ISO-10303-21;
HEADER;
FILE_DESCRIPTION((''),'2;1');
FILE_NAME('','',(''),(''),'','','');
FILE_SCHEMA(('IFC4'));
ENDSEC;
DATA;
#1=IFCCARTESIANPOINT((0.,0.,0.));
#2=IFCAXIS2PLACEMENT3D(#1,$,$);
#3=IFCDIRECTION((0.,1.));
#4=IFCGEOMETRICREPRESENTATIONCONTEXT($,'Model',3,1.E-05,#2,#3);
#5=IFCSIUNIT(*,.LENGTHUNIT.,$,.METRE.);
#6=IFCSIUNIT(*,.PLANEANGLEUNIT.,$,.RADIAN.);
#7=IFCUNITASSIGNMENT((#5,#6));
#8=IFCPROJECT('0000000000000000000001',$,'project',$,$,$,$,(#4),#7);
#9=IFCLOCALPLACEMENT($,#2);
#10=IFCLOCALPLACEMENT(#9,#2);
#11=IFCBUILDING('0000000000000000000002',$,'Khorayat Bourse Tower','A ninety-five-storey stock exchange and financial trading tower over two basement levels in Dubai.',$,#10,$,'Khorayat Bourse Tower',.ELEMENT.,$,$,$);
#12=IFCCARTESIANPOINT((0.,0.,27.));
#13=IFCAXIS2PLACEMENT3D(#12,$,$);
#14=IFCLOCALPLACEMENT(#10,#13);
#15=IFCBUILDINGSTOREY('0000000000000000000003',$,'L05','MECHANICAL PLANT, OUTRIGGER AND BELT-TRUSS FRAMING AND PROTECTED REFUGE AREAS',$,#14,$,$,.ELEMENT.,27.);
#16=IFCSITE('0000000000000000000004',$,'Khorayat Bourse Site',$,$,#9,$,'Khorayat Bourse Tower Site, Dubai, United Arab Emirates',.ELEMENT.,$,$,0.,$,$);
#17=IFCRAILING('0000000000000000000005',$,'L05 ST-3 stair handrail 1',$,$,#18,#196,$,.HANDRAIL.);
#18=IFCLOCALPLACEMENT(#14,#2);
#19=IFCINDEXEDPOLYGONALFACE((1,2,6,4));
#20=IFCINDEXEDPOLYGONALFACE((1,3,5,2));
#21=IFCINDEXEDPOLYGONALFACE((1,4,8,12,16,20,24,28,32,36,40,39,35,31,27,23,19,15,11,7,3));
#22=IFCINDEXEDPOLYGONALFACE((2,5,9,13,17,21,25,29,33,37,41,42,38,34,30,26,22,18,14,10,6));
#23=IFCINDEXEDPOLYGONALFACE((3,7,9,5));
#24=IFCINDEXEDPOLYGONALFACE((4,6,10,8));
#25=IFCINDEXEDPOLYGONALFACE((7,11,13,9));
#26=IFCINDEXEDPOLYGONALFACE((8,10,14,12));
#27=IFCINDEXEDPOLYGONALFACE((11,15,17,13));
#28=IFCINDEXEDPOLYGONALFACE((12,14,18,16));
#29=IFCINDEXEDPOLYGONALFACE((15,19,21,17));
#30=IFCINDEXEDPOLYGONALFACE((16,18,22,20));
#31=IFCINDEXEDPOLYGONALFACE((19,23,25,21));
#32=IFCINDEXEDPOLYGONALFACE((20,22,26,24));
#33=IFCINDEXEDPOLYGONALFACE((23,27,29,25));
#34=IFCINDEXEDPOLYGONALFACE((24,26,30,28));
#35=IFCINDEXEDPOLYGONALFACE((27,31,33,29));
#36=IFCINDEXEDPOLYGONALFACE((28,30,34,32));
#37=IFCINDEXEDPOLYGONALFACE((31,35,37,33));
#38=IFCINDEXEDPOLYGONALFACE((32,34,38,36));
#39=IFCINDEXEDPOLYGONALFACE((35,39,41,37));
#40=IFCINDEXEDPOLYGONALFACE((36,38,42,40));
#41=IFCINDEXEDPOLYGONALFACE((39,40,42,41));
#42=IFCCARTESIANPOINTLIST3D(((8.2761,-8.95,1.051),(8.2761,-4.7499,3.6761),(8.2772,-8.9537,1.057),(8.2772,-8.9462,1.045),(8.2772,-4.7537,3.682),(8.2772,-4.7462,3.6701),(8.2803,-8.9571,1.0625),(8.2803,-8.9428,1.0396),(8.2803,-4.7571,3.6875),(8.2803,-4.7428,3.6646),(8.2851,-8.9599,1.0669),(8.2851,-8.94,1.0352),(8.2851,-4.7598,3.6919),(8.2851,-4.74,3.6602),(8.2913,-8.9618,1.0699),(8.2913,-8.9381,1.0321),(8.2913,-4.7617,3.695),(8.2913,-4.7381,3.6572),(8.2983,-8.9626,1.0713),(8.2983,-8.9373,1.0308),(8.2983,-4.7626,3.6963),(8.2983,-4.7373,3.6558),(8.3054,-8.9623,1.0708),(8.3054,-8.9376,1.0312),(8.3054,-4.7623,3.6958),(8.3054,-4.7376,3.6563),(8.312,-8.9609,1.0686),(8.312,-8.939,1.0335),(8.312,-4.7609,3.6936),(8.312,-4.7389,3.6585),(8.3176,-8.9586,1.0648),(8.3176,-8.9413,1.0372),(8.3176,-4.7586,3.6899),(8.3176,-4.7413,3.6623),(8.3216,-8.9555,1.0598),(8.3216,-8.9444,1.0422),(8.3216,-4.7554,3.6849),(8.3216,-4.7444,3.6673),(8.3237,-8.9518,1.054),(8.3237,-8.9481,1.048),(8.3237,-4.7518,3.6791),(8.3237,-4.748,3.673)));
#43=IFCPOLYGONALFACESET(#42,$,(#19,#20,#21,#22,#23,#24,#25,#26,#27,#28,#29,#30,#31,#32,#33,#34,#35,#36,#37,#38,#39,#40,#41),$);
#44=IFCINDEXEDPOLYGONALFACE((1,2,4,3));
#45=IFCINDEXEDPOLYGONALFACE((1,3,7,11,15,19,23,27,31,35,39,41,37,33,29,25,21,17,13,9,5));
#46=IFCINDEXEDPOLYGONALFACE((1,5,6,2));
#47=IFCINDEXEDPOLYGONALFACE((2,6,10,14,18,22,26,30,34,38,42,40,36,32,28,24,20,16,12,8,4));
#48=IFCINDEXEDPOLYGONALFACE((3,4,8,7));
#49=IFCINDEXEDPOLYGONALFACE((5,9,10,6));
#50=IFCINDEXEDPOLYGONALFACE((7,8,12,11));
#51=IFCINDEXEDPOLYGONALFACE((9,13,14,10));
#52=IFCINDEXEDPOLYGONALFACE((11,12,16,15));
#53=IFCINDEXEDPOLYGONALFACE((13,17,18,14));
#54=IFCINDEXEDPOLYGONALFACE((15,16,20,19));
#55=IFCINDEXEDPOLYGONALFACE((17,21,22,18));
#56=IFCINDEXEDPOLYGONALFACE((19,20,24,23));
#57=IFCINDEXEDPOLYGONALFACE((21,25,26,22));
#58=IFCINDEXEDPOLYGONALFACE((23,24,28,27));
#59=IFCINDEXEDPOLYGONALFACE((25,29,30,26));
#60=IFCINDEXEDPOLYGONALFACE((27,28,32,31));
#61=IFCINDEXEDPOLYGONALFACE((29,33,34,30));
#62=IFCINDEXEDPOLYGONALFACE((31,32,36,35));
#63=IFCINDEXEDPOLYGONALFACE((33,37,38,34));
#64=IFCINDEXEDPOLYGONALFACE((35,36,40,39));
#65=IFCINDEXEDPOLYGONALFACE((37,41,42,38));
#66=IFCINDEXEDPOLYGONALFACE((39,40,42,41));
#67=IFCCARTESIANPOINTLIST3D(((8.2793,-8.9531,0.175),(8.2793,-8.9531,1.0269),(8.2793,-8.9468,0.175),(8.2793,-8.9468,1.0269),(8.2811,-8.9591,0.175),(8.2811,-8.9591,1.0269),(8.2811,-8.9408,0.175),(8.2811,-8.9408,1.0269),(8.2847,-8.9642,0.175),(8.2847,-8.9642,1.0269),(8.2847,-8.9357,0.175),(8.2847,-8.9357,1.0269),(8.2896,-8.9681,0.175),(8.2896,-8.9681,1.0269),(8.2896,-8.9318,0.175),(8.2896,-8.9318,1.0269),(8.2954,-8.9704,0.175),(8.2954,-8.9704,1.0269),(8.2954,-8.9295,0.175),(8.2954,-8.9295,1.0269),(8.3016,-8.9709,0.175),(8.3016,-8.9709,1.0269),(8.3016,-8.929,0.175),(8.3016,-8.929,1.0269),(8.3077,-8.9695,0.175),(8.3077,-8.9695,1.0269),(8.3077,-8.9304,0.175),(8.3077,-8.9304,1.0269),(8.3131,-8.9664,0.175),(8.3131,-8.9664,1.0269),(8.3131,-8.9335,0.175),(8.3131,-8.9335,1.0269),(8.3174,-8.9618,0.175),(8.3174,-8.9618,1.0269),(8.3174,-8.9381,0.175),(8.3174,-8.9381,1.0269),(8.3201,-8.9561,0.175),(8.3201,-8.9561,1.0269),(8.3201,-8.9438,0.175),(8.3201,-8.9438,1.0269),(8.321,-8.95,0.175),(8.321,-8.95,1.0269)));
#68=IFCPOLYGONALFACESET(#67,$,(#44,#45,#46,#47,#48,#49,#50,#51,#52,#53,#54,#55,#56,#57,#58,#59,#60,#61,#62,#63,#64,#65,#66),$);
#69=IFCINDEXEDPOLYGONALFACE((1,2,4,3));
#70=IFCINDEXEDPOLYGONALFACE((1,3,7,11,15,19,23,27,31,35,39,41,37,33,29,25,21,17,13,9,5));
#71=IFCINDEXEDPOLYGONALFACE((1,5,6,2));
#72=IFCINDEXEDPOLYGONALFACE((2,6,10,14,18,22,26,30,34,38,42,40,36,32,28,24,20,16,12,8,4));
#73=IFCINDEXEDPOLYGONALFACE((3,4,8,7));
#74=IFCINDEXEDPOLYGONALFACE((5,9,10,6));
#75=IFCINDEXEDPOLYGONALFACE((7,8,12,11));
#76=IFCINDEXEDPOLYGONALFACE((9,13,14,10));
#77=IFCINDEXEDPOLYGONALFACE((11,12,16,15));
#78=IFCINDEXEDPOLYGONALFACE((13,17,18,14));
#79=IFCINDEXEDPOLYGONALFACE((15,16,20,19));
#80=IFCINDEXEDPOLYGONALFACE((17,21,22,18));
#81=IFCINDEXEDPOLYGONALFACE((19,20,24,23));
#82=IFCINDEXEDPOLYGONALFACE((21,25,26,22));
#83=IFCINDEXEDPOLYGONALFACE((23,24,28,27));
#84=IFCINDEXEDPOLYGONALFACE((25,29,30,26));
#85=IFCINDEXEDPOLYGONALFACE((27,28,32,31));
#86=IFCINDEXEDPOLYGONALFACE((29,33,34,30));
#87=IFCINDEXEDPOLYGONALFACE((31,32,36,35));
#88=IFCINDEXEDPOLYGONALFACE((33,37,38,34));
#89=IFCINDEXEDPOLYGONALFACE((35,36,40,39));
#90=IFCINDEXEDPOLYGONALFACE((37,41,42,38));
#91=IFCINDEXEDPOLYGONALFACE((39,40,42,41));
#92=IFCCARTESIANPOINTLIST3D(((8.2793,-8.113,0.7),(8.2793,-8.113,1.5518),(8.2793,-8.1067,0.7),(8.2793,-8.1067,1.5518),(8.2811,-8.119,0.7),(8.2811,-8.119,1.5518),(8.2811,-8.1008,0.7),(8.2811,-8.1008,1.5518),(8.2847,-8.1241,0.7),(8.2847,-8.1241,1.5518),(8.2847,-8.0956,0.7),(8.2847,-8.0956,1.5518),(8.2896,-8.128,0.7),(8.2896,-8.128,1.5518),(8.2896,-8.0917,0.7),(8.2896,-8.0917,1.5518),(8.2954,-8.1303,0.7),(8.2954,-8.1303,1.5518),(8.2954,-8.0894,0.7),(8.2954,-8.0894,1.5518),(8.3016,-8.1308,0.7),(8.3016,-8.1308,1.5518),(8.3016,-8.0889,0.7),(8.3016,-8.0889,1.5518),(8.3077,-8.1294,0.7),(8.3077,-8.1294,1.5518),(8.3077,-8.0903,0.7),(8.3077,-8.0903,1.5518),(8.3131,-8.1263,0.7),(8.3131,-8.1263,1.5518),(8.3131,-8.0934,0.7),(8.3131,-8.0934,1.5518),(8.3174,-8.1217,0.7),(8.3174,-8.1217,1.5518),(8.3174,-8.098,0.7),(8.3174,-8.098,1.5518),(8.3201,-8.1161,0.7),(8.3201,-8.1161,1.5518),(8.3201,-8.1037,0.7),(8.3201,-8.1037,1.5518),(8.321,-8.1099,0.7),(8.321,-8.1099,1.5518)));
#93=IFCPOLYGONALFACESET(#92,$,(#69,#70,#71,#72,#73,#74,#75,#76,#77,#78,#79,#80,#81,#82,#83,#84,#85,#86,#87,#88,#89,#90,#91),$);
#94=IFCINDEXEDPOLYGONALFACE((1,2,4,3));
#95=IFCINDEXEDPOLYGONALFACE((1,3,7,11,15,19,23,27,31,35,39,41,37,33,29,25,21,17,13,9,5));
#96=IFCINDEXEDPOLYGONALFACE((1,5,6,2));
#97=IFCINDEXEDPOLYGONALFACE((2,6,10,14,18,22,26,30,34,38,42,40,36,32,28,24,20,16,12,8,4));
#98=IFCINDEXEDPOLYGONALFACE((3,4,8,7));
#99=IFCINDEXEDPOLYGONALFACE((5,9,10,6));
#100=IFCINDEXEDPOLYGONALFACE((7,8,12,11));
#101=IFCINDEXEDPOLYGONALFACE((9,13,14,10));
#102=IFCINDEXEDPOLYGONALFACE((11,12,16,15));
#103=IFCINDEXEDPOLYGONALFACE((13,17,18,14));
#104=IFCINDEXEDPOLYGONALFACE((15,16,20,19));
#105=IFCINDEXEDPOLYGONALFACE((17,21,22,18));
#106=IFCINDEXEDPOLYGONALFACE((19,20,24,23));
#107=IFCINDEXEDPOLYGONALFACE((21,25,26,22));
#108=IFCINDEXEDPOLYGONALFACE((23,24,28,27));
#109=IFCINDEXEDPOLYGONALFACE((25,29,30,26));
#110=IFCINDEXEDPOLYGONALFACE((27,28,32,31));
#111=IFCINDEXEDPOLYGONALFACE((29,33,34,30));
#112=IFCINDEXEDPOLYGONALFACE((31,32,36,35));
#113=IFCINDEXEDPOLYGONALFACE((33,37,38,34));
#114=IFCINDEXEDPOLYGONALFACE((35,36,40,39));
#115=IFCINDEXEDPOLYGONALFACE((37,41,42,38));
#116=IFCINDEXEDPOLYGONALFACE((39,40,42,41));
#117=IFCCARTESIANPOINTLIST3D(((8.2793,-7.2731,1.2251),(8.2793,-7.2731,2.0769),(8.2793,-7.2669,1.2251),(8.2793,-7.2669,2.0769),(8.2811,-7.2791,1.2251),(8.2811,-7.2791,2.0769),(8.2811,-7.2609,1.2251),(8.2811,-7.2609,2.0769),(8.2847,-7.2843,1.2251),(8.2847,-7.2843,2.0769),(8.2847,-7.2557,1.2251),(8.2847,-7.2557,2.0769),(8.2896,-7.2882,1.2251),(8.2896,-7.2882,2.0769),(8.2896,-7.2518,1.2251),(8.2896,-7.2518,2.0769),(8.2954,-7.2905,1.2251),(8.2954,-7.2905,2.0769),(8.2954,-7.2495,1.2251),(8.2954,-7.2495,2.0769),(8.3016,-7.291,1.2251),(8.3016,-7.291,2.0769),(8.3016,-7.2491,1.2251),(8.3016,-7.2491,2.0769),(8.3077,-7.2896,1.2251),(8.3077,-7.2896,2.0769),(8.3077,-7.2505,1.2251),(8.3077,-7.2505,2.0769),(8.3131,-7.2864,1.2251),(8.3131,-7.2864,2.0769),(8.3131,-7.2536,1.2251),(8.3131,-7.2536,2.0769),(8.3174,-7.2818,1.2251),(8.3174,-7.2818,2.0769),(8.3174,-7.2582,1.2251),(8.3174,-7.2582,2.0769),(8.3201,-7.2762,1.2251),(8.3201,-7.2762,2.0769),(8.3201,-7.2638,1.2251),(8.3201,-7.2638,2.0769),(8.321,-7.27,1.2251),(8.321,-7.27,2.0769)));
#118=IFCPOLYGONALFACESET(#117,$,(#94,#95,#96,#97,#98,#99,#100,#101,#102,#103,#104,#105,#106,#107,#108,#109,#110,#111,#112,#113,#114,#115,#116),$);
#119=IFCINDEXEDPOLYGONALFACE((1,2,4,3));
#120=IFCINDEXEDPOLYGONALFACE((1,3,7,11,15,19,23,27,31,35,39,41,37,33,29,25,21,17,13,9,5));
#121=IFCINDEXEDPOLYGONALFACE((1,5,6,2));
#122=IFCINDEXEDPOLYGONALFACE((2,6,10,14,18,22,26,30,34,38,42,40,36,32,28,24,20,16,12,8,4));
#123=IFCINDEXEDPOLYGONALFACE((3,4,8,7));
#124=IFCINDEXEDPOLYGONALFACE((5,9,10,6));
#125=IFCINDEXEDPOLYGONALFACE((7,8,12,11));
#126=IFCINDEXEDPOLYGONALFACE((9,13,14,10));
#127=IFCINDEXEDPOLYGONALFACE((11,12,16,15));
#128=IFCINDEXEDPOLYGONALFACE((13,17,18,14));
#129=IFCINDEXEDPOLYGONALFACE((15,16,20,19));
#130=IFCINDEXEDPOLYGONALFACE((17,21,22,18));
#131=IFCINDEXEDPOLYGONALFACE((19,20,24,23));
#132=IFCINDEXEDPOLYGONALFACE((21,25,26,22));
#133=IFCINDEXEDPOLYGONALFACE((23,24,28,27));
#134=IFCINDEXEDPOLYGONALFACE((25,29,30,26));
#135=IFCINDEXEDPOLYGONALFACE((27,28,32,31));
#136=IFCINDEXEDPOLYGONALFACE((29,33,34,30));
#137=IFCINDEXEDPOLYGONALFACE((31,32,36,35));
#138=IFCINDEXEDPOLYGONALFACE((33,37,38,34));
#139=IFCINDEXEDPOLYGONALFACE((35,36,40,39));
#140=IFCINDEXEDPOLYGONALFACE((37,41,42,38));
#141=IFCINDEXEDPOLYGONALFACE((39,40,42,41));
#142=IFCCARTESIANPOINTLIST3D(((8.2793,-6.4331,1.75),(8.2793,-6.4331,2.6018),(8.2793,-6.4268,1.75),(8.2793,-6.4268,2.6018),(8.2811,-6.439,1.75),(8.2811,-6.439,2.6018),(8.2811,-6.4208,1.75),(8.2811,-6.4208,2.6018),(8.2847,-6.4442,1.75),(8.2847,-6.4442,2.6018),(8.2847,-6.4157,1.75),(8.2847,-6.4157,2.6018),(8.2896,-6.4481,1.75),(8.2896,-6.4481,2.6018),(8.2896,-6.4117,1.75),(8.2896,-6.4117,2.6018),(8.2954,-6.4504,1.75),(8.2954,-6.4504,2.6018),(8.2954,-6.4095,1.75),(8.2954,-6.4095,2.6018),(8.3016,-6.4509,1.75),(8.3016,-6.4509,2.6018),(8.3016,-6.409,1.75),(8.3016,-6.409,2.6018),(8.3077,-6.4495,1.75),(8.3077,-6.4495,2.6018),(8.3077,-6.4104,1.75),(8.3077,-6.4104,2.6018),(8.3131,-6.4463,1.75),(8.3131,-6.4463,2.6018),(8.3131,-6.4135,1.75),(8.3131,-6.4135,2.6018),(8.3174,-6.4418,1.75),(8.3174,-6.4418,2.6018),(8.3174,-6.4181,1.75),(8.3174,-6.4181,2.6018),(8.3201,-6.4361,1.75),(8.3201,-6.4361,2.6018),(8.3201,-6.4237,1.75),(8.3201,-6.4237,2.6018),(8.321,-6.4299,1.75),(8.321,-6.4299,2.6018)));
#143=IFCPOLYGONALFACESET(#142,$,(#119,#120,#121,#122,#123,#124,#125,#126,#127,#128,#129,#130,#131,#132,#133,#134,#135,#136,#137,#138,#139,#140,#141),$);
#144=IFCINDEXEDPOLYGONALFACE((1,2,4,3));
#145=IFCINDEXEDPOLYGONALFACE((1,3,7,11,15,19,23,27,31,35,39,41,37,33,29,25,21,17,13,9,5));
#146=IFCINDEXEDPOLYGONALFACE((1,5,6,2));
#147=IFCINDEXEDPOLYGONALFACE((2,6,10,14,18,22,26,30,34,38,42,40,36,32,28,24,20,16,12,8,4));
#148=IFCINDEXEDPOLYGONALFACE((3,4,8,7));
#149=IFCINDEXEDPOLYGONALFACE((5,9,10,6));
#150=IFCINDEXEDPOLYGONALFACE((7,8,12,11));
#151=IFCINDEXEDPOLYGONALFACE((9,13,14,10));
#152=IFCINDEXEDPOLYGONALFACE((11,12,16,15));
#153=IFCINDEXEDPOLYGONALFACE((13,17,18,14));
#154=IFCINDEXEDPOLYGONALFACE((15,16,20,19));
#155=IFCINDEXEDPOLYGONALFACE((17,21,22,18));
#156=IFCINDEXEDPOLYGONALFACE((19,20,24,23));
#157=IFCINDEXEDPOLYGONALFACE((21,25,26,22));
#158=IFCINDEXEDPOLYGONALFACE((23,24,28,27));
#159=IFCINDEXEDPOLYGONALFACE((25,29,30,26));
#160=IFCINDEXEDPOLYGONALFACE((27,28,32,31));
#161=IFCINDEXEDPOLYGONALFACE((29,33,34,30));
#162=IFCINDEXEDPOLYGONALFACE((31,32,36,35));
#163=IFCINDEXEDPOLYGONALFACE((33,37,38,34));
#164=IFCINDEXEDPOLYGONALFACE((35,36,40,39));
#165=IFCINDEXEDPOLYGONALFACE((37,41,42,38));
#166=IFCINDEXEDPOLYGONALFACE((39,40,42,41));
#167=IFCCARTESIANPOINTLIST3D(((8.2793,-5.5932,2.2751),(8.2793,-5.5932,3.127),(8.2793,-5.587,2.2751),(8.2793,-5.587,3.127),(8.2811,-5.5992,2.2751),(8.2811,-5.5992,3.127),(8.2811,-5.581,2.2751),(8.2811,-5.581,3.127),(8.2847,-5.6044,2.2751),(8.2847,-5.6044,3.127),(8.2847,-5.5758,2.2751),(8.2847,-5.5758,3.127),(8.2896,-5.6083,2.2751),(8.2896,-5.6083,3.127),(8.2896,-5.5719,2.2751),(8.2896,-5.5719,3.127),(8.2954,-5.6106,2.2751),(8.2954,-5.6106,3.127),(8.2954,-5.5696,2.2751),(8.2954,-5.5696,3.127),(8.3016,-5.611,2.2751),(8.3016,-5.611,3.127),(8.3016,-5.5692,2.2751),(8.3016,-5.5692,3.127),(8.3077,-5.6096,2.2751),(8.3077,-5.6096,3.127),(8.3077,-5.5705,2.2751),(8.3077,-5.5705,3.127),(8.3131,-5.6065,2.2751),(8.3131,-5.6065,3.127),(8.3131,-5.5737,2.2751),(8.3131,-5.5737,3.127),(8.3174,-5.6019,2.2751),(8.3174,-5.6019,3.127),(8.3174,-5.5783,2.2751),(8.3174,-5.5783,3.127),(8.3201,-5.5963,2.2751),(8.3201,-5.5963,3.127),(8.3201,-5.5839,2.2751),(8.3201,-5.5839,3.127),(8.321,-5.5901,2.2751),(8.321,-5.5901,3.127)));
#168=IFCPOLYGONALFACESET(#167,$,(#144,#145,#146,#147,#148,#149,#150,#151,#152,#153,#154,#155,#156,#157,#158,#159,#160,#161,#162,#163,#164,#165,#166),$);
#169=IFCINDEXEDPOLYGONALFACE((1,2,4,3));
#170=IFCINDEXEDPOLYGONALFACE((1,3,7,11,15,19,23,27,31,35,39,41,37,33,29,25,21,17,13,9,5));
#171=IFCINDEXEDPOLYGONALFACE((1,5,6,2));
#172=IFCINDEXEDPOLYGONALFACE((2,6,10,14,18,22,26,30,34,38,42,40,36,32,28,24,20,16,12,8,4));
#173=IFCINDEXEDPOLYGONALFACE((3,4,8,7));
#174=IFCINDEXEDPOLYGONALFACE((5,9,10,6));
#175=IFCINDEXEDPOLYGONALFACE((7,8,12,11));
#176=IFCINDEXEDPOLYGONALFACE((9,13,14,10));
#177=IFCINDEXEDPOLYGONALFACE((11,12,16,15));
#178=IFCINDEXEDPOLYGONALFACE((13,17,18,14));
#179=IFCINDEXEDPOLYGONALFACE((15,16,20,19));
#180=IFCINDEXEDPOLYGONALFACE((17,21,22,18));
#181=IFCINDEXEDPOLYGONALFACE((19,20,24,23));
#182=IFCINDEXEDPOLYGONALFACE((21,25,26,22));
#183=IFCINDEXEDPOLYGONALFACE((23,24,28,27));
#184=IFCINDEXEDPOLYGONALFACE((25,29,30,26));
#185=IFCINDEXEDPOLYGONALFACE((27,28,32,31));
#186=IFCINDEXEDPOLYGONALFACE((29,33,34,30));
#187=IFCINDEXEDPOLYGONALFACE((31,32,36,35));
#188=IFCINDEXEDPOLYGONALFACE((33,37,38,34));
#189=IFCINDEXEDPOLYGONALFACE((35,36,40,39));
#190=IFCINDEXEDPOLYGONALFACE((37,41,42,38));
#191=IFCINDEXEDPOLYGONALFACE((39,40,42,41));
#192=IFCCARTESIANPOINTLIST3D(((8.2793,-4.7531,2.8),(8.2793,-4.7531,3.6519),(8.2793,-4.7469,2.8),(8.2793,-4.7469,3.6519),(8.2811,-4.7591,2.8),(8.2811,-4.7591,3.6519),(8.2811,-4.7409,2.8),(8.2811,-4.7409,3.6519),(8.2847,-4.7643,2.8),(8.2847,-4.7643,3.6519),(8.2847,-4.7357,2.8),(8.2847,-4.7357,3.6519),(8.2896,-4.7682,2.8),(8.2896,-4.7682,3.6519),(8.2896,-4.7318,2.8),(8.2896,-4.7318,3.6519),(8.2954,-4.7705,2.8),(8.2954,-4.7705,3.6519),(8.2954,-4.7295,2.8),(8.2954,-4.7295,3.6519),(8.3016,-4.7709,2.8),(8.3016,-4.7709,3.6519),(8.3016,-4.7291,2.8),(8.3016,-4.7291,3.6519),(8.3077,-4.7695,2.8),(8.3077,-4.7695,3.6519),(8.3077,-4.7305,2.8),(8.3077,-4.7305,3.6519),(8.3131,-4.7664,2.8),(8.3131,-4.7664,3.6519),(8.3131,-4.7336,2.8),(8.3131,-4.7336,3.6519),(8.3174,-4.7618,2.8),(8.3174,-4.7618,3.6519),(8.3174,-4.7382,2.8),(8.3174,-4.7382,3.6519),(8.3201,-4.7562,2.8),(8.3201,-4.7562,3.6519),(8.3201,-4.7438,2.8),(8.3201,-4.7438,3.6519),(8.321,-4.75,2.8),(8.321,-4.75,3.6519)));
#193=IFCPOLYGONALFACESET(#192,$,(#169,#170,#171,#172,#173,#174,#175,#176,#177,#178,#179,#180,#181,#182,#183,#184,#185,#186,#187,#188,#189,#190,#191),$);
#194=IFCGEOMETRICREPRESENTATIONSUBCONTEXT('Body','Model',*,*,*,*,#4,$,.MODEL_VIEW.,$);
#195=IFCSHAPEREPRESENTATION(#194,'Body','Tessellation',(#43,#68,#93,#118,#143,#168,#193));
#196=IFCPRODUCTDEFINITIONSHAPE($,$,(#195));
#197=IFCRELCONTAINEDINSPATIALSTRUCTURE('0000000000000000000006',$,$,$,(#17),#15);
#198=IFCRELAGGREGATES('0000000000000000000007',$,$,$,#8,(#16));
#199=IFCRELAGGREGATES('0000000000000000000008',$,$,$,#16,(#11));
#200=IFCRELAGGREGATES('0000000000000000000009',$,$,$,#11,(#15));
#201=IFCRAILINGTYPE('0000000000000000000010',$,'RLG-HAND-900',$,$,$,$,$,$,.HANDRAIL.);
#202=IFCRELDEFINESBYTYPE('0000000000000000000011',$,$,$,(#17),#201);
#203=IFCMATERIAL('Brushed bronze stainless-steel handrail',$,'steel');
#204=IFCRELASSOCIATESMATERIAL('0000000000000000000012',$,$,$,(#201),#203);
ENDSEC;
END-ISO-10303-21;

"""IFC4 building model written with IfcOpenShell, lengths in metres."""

from ifc_helpers import new_model, si_unit, direction, frame, origin, origin_2d, place, context, subcontext, project, spatial, circle, extrude, source, transform, mapped, material, type_object, element, save


model = new_model("IFC4")

# Units and contexts
model_context = context("Model", 3, precision=1e-05, world=origin(), true_north=direction((0.0, 1.0)))
body_context = subcontext(model_context, "Body", "Model", "MODEL_VIEW")
ifc_project = project(units=[si_unit("LENGTHUNIT", "METRE"), si_unit("PLANEANGLEUNIT", "RADIAN")], contexts=[model_context])

# Site, building, storey
site_placement = place(None, origin())
site = spatial("IfcSite", under=ifc_project, at=site_placement, Name="Khorayat Bourse Site", LongName="Khorayat Bourse Tower Site, Dubai, United Arab Emirates", CompositionType="ELEMENT", RefElevation=0.0)
building_placement = place(site_placement, origin())
building = spatial("IfcBuilding", under=site, at=building_placement, Name="Khorayat Bourse Tower", Description="A ninety-five-storey stock exchange and financial trading tower over two basement levels in Dubai.", LongName="Khorayat Bourse Tower", CompositionType="ELEMENT")
storey_placement = place(building_placement, frame((0.0, 0.0, 27.0)))
storey = spatial("IfcBuildingStorey", under=building, at=storey_placement, Name="L05", Description="MECHANICAL PLANT, OUTRIGGER AND BELT-TRUSS FRAMING AND PROTECTED REFUGE AREAS", CompositionType="ELEMENT", Elevation=27.0)

# Railing
ifc_material_1 = material(Name="Brushed bronze stainless-steel handrail", Category="steel")
railing_type_1 = type_object("IfcRailingType", Name="RLG-HAND-900", PredefinedType="HANDRAIL", material=ifc_material_1)
shared_shape_1 = source(origin(), body_context, "Body", "SweptSolid", [
    extrude(circle(Radius=0.0239, at=origin_2d()), frame((0.0, 0.0, 0.876), z_axis=(0.0, 0.847996, 0.530003), x_axis=(-1.0, 0.0, 0.0)), (0.0, 0.0, 1.0), 4.9529),
    extrude(circle(Radius=0.021, at=origin_2d()), origin(), (0.0, 0.0, 1.0), 0.8518),
    extrude(circle(Radius=0.021, at=origin_2d()), frame((0.0, 0.8401, 0.5249)), (0.0, 0.0, 1.0), 0.8518),
    extrude(circle(Radius=0.021, at=origin_2d()), frame((0.0, 1.6799, 1.05)), (0.0, 0.0, 1.0), 0.8518),
    extrude(circle(Radius=0.021, at=origin_2d()), frame((0.0, 2.52, 1.575)), (0.0, 0.0, 1.0), 0.8518),
    extrude(circle(Radius=0.021, at=origin_2d()), frame((0.0, 3.3599, 2.1001)), (0.0, 0.0, 1.0), 0.8518),
    extrude(circle(Radius=0.021, at=origin_2d()), frame((0.0, 4.2, 2.625)), (0.0, 0.0, 1.0), 0.8518),
])
railing_1_placement = place(storey_placement, frame((8.3, -8.95, 0.175)))
element("IfcRailing", 1, at=railing_1_placement, inside=storey, type_object=railing_type_1, Name="L05 ST-3 stair handrail 1", PredefinedType="HANDRAIL", context=body_context, shape_type="MappedRepresentation", body=[
    mapped(shared_shape_1, transform((0.0, 0.0, 0.0), scale=1.0)),
])

save(model, "model.ifc")
